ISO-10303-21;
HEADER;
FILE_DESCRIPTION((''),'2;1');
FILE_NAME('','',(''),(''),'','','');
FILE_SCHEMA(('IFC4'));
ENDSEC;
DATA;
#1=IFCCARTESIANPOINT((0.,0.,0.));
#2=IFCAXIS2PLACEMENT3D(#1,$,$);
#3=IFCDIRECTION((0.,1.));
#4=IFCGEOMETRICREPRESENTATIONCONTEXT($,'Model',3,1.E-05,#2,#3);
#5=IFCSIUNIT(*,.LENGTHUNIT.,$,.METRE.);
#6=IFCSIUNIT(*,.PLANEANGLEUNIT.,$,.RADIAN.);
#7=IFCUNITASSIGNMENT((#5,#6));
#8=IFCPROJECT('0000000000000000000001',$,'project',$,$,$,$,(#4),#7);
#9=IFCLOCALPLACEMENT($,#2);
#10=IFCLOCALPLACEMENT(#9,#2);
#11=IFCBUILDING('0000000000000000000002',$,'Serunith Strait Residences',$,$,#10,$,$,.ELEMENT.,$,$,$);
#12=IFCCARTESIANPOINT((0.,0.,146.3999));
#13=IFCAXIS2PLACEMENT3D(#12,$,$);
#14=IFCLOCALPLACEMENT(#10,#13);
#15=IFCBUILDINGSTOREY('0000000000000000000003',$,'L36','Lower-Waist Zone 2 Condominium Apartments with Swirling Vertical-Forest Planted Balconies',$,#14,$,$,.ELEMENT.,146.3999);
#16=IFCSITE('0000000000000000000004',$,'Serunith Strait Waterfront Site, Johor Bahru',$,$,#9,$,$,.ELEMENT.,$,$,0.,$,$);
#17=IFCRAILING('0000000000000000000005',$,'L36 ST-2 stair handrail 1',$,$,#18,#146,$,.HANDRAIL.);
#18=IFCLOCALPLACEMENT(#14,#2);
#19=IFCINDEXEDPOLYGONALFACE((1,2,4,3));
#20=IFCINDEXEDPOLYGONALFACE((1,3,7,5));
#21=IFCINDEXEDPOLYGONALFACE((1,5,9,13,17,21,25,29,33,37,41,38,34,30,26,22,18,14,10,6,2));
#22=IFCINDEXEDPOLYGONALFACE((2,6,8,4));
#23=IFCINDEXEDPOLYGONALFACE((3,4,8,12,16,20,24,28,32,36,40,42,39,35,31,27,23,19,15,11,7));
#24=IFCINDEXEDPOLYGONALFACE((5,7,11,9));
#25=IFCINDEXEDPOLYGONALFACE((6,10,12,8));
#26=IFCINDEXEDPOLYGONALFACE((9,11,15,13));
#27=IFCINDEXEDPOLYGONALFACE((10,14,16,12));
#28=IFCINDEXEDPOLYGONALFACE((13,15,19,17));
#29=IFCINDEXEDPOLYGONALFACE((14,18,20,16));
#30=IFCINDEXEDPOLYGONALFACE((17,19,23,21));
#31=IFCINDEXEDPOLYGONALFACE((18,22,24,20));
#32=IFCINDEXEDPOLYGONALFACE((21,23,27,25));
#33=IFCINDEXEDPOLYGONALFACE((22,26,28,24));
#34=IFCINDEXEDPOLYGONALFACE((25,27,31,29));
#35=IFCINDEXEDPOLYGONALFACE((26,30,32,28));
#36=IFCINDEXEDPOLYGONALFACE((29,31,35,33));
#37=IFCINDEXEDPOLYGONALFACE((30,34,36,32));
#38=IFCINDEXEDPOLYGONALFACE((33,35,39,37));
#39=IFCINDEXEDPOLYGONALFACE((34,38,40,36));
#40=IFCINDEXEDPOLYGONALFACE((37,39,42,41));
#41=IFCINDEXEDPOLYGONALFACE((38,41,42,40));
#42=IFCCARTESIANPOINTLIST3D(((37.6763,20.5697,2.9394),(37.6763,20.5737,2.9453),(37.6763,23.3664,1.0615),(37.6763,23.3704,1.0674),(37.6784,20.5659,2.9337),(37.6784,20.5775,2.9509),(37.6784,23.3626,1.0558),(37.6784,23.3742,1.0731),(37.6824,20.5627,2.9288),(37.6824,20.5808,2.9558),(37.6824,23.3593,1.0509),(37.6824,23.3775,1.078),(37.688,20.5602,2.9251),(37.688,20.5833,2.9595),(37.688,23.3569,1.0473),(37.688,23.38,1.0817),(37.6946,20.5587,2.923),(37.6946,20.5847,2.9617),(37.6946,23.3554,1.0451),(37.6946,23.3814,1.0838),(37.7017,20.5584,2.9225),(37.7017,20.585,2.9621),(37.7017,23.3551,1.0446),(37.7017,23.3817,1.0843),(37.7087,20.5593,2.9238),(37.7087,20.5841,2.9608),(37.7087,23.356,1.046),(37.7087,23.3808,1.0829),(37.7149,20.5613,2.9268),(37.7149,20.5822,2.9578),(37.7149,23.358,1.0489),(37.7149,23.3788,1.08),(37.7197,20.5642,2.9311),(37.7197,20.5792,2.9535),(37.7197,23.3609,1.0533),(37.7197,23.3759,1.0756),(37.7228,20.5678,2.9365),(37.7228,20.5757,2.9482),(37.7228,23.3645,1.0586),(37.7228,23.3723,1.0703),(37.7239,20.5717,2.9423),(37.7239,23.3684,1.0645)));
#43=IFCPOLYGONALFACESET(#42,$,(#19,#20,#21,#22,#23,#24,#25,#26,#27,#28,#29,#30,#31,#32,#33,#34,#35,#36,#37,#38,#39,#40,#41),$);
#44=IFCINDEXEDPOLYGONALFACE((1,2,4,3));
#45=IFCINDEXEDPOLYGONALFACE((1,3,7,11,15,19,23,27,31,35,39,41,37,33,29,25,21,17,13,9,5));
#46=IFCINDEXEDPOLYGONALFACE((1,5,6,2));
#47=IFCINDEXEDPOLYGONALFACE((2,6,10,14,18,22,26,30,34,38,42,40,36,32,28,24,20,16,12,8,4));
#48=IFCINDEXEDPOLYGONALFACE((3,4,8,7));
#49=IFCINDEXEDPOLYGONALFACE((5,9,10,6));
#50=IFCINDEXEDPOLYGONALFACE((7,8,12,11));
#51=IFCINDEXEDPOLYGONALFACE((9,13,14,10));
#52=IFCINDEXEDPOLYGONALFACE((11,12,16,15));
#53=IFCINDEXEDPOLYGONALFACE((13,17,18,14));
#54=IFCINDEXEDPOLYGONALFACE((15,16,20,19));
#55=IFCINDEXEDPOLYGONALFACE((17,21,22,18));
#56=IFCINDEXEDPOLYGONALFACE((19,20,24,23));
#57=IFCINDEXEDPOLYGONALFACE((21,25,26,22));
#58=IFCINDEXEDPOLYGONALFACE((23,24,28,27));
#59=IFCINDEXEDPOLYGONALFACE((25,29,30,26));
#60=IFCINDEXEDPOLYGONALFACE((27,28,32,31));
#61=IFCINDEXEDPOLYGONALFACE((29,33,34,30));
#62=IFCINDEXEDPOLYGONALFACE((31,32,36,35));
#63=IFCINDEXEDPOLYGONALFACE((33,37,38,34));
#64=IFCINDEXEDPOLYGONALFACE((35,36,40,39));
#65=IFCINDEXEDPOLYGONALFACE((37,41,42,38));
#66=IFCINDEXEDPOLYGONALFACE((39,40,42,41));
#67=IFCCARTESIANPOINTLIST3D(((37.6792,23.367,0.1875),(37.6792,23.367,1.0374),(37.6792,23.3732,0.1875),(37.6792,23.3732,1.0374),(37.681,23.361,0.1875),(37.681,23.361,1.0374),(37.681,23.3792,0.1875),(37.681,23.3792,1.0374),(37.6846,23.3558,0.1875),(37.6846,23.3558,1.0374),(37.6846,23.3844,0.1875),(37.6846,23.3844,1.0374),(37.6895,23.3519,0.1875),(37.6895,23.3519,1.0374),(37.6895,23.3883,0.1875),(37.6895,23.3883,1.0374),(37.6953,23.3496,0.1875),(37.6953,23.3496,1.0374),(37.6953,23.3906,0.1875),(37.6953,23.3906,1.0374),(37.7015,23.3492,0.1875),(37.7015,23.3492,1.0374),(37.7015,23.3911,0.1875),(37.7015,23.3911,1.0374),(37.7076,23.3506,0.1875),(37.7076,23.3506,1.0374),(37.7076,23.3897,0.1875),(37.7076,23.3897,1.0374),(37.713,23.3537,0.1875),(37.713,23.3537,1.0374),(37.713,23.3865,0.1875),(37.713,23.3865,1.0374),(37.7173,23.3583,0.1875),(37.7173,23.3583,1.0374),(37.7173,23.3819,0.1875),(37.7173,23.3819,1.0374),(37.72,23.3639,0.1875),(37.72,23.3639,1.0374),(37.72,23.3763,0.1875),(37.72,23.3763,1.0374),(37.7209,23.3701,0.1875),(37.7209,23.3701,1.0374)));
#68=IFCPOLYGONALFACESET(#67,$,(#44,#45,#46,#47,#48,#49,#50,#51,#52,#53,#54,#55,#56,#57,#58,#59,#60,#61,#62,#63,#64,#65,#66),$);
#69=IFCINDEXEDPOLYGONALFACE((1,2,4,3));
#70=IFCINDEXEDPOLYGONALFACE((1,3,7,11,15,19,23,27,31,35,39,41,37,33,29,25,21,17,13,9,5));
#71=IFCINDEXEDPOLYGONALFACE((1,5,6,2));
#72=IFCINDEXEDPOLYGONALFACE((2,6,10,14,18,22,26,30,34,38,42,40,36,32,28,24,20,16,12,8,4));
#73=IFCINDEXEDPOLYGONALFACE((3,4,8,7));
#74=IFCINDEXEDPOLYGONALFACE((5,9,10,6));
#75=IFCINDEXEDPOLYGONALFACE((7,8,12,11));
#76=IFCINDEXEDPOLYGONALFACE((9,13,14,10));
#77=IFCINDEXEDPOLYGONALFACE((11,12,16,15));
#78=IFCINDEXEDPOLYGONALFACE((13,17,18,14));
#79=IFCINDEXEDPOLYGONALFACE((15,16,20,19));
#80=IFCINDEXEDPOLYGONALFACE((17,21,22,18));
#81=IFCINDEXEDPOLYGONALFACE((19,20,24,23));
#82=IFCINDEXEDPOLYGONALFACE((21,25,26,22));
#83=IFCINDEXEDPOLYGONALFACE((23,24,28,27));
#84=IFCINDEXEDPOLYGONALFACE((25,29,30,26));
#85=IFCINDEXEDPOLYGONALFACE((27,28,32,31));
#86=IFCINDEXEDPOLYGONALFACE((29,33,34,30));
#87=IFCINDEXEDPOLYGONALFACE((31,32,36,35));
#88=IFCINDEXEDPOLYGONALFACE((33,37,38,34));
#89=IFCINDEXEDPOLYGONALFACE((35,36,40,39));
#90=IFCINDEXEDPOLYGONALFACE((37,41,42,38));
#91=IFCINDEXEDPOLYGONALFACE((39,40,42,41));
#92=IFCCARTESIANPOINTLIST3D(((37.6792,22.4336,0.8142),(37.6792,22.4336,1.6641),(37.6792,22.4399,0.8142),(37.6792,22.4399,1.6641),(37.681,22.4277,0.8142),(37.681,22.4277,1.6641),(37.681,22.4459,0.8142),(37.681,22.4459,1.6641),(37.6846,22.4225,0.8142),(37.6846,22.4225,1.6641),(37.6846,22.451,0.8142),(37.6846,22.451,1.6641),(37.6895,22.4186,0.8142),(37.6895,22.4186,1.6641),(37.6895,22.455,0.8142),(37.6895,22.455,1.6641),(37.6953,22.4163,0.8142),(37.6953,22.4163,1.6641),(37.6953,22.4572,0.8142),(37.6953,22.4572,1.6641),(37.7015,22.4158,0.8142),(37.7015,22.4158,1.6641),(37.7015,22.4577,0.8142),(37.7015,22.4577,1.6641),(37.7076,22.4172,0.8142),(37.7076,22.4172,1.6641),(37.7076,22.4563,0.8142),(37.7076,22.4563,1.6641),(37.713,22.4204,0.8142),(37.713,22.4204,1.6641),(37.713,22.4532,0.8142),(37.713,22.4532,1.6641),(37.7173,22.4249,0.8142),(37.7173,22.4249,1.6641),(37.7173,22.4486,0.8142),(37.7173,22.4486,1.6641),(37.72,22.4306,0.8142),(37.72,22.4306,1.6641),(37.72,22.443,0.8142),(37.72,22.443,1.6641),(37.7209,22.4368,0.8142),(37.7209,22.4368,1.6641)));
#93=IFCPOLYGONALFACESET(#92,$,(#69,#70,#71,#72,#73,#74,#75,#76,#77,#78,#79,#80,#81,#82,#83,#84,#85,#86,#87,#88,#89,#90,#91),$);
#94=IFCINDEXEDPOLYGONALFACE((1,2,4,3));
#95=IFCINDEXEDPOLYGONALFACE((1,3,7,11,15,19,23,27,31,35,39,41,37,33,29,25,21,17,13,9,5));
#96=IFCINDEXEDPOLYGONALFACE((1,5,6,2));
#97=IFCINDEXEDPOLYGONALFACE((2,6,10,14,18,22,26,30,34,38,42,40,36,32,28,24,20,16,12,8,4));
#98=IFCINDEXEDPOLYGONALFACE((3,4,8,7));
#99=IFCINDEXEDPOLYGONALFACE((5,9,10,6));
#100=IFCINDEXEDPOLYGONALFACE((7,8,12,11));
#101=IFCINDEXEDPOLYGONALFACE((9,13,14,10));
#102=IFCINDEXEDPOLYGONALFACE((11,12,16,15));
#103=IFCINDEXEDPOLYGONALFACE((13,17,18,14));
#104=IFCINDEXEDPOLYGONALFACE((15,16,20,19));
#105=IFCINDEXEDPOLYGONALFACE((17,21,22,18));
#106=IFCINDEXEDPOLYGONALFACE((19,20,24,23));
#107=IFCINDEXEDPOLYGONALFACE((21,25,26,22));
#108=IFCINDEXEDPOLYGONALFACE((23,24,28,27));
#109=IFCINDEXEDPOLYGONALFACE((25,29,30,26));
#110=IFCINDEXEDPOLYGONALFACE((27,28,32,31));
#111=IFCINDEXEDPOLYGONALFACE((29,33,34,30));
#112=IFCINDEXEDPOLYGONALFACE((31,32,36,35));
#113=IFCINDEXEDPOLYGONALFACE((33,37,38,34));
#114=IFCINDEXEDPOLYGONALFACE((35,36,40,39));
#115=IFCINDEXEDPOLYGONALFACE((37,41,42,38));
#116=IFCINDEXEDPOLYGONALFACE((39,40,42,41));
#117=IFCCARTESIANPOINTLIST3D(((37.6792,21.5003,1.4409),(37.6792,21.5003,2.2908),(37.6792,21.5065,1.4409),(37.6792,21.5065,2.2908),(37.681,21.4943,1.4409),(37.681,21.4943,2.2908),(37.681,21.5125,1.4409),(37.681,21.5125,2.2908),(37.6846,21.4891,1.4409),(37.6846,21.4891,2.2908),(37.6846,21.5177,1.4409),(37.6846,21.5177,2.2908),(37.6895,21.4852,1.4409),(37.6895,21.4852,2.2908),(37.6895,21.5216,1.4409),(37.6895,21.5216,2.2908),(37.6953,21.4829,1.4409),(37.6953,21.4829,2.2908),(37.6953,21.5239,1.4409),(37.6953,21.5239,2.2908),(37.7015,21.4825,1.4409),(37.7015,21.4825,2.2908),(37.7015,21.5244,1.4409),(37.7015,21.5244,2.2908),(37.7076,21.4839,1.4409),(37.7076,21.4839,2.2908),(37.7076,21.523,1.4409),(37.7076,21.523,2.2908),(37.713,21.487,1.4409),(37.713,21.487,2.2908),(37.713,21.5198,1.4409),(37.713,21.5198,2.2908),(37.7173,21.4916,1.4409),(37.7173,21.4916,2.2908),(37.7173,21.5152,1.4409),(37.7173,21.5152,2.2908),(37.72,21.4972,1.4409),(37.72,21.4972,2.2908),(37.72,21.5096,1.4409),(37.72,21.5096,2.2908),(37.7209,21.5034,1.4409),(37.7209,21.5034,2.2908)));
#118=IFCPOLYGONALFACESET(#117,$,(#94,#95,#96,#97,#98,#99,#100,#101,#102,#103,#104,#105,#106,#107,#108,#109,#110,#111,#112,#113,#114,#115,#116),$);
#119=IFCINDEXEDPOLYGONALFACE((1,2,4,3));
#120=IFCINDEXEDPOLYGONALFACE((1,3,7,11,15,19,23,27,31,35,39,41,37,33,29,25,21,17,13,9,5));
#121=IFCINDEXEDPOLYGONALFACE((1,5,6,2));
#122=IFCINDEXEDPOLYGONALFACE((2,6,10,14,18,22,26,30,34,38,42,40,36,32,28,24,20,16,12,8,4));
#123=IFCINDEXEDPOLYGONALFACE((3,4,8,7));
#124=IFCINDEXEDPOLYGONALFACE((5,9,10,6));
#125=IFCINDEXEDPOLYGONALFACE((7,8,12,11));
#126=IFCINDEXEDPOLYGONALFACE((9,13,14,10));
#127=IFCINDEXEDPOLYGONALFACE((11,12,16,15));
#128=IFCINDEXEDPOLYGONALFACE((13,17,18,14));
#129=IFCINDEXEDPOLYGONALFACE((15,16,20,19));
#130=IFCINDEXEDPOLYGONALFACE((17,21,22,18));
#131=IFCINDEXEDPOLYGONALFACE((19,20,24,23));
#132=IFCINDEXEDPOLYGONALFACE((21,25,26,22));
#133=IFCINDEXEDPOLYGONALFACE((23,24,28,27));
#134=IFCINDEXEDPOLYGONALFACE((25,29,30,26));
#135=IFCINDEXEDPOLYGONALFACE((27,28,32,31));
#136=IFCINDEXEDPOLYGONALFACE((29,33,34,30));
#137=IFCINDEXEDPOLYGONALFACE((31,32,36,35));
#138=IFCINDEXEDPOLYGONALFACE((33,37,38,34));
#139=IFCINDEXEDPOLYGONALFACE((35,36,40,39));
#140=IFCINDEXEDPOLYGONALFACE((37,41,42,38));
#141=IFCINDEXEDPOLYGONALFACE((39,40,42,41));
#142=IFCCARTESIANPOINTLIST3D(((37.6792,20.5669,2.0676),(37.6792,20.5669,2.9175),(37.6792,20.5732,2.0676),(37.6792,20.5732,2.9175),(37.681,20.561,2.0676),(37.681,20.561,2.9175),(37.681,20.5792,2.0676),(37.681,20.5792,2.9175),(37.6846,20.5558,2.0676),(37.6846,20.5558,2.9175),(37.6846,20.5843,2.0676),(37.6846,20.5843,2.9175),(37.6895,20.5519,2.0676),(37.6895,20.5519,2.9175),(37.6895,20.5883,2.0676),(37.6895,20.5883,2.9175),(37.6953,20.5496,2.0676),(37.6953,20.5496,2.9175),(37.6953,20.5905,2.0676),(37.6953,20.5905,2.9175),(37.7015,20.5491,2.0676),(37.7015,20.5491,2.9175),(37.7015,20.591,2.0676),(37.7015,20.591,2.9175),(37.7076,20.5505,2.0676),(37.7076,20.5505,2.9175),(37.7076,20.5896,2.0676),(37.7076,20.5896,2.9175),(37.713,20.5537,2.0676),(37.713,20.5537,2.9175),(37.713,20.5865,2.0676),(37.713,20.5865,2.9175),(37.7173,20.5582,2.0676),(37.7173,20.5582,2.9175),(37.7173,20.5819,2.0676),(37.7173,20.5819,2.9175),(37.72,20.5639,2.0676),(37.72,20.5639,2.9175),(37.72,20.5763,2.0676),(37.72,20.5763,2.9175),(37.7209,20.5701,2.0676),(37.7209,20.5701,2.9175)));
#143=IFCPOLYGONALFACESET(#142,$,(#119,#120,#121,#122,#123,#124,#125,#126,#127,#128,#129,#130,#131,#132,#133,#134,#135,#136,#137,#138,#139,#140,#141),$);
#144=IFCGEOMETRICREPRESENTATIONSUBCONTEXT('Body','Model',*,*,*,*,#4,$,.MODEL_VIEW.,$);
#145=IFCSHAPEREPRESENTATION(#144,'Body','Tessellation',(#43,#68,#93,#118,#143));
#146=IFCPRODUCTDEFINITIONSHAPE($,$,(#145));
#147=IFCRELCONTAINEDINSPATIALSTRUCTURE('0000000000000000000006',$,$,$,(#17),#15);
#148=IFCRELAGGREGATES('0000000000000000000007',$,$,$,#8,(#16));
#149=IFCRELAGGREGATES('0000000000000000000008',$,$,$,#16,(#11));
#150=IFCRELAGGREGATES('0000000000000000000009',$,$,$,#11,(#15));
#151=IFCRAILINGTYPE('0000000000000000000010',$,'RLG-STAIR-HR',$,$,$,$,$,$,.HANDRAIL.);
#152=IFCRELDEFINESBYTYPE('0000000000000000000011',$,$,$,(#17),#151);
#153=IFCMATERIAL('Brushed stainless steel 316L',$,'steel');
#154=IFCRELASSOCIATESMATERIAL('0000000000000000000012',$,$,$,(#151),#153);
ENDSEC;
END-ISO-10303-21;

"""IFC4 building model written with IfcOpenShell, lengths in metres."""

from ifc_helpers import new_model, si_unit, direction, frame, origin, origin_2d, place, context, subcontext, project, spatial, circle, extrude, material, type_object, element, save


model = new_model("IFC4")

# Units and contexts
model_context = context("Model", 3, precision=1e-05, world=origin(), true_north=direction((0.0, 1.0)))
body_context = subcontext(model_context, "Body", "Model", "MODEL_VIEW")
ifc_project = project(units=[si_unit("LENGTHUNIT", "METRE"), si_unit("PLANEANGLEUNIT", "RADIAN")], contexts=[model_context])

# Site, building, storey
site_placement = place(None, origin())
site = spatial("IfcSite", under=ifc_project, at=site_placement, Name="Serunith Strait Waterfront Site, Johor Bahru", CompositionType="ELEMENT", RefElevation=0.0)
building_placement = place(site_placement, origin())
building = spatial("IfcBuilding", under=site, at=building_placement, Name="Serunith Strait Residences", CompositionType="ELEMENT")
storey_placement = place(building_placement, frame((0.0, 0.0, 146.3999)))
storey = spatial("IfcBuildingStorey", under=building, at=storey_placement, Name="L36", Description="Lower-Waist Zone 2 Condominium Apartments with Swirling Vertical-Forest Planted Balconies", CompositionType="ELEMENT", Elevation=146.3999)

# Railing
ifc_material_1 = material(Name="Brushed stainless steel 316L", Category="steel")
railing_type_1 = type_object("IfcRailingType", Name="RLG-STAIR-HR", PredefinedType="HANDRAIL", material=ifc_material_1)
railing_1_placement = place(storey_placement, frame((37.7, 23.3701, 0.1875)))
element("IfcRailing", 1, at=railing_1_placement, inside=storey, type_object=railing_type_1, Name="L36 ST-2 stair handrail 1", PredefinedType="HANDRAIL", context=body_context, shape_type="SweptSolid", body=[
    extrude(circle(Radius=0.0239, at=origin_2d()), frame((0.0, -0.0017, 0.877), z_axis=(0.0, -0.830208, 0.557453), x_axis=(1.0, 0.0, 0.0)), (0.0, 0.0, 1.0), 3.3687),
    extrude(circle(Radius=0.021, at=origin_2d()), origin(), (0.0, 0.0, 1.0), 0.8499),
    extrude(circle(Radius=0.021, at=origin_2d()), frame((0.0, -0.9333, 0.6267)), (0.0, 0.0, 1.0), 0.8499),
    extrude(circle(Radius=0.021, at=origin_2d()), frame((0.0, -1.8667, 1.2534)), (0.0, 0.0, 1.0), 0.8499),
    extrude(circle(Radius=0.021, at=origin_2d()), frame((0.0, -2.8, 1.8801)), (0.0, 0.0, 1.0), 0.8499),
])

save(model, "model.ifc")
